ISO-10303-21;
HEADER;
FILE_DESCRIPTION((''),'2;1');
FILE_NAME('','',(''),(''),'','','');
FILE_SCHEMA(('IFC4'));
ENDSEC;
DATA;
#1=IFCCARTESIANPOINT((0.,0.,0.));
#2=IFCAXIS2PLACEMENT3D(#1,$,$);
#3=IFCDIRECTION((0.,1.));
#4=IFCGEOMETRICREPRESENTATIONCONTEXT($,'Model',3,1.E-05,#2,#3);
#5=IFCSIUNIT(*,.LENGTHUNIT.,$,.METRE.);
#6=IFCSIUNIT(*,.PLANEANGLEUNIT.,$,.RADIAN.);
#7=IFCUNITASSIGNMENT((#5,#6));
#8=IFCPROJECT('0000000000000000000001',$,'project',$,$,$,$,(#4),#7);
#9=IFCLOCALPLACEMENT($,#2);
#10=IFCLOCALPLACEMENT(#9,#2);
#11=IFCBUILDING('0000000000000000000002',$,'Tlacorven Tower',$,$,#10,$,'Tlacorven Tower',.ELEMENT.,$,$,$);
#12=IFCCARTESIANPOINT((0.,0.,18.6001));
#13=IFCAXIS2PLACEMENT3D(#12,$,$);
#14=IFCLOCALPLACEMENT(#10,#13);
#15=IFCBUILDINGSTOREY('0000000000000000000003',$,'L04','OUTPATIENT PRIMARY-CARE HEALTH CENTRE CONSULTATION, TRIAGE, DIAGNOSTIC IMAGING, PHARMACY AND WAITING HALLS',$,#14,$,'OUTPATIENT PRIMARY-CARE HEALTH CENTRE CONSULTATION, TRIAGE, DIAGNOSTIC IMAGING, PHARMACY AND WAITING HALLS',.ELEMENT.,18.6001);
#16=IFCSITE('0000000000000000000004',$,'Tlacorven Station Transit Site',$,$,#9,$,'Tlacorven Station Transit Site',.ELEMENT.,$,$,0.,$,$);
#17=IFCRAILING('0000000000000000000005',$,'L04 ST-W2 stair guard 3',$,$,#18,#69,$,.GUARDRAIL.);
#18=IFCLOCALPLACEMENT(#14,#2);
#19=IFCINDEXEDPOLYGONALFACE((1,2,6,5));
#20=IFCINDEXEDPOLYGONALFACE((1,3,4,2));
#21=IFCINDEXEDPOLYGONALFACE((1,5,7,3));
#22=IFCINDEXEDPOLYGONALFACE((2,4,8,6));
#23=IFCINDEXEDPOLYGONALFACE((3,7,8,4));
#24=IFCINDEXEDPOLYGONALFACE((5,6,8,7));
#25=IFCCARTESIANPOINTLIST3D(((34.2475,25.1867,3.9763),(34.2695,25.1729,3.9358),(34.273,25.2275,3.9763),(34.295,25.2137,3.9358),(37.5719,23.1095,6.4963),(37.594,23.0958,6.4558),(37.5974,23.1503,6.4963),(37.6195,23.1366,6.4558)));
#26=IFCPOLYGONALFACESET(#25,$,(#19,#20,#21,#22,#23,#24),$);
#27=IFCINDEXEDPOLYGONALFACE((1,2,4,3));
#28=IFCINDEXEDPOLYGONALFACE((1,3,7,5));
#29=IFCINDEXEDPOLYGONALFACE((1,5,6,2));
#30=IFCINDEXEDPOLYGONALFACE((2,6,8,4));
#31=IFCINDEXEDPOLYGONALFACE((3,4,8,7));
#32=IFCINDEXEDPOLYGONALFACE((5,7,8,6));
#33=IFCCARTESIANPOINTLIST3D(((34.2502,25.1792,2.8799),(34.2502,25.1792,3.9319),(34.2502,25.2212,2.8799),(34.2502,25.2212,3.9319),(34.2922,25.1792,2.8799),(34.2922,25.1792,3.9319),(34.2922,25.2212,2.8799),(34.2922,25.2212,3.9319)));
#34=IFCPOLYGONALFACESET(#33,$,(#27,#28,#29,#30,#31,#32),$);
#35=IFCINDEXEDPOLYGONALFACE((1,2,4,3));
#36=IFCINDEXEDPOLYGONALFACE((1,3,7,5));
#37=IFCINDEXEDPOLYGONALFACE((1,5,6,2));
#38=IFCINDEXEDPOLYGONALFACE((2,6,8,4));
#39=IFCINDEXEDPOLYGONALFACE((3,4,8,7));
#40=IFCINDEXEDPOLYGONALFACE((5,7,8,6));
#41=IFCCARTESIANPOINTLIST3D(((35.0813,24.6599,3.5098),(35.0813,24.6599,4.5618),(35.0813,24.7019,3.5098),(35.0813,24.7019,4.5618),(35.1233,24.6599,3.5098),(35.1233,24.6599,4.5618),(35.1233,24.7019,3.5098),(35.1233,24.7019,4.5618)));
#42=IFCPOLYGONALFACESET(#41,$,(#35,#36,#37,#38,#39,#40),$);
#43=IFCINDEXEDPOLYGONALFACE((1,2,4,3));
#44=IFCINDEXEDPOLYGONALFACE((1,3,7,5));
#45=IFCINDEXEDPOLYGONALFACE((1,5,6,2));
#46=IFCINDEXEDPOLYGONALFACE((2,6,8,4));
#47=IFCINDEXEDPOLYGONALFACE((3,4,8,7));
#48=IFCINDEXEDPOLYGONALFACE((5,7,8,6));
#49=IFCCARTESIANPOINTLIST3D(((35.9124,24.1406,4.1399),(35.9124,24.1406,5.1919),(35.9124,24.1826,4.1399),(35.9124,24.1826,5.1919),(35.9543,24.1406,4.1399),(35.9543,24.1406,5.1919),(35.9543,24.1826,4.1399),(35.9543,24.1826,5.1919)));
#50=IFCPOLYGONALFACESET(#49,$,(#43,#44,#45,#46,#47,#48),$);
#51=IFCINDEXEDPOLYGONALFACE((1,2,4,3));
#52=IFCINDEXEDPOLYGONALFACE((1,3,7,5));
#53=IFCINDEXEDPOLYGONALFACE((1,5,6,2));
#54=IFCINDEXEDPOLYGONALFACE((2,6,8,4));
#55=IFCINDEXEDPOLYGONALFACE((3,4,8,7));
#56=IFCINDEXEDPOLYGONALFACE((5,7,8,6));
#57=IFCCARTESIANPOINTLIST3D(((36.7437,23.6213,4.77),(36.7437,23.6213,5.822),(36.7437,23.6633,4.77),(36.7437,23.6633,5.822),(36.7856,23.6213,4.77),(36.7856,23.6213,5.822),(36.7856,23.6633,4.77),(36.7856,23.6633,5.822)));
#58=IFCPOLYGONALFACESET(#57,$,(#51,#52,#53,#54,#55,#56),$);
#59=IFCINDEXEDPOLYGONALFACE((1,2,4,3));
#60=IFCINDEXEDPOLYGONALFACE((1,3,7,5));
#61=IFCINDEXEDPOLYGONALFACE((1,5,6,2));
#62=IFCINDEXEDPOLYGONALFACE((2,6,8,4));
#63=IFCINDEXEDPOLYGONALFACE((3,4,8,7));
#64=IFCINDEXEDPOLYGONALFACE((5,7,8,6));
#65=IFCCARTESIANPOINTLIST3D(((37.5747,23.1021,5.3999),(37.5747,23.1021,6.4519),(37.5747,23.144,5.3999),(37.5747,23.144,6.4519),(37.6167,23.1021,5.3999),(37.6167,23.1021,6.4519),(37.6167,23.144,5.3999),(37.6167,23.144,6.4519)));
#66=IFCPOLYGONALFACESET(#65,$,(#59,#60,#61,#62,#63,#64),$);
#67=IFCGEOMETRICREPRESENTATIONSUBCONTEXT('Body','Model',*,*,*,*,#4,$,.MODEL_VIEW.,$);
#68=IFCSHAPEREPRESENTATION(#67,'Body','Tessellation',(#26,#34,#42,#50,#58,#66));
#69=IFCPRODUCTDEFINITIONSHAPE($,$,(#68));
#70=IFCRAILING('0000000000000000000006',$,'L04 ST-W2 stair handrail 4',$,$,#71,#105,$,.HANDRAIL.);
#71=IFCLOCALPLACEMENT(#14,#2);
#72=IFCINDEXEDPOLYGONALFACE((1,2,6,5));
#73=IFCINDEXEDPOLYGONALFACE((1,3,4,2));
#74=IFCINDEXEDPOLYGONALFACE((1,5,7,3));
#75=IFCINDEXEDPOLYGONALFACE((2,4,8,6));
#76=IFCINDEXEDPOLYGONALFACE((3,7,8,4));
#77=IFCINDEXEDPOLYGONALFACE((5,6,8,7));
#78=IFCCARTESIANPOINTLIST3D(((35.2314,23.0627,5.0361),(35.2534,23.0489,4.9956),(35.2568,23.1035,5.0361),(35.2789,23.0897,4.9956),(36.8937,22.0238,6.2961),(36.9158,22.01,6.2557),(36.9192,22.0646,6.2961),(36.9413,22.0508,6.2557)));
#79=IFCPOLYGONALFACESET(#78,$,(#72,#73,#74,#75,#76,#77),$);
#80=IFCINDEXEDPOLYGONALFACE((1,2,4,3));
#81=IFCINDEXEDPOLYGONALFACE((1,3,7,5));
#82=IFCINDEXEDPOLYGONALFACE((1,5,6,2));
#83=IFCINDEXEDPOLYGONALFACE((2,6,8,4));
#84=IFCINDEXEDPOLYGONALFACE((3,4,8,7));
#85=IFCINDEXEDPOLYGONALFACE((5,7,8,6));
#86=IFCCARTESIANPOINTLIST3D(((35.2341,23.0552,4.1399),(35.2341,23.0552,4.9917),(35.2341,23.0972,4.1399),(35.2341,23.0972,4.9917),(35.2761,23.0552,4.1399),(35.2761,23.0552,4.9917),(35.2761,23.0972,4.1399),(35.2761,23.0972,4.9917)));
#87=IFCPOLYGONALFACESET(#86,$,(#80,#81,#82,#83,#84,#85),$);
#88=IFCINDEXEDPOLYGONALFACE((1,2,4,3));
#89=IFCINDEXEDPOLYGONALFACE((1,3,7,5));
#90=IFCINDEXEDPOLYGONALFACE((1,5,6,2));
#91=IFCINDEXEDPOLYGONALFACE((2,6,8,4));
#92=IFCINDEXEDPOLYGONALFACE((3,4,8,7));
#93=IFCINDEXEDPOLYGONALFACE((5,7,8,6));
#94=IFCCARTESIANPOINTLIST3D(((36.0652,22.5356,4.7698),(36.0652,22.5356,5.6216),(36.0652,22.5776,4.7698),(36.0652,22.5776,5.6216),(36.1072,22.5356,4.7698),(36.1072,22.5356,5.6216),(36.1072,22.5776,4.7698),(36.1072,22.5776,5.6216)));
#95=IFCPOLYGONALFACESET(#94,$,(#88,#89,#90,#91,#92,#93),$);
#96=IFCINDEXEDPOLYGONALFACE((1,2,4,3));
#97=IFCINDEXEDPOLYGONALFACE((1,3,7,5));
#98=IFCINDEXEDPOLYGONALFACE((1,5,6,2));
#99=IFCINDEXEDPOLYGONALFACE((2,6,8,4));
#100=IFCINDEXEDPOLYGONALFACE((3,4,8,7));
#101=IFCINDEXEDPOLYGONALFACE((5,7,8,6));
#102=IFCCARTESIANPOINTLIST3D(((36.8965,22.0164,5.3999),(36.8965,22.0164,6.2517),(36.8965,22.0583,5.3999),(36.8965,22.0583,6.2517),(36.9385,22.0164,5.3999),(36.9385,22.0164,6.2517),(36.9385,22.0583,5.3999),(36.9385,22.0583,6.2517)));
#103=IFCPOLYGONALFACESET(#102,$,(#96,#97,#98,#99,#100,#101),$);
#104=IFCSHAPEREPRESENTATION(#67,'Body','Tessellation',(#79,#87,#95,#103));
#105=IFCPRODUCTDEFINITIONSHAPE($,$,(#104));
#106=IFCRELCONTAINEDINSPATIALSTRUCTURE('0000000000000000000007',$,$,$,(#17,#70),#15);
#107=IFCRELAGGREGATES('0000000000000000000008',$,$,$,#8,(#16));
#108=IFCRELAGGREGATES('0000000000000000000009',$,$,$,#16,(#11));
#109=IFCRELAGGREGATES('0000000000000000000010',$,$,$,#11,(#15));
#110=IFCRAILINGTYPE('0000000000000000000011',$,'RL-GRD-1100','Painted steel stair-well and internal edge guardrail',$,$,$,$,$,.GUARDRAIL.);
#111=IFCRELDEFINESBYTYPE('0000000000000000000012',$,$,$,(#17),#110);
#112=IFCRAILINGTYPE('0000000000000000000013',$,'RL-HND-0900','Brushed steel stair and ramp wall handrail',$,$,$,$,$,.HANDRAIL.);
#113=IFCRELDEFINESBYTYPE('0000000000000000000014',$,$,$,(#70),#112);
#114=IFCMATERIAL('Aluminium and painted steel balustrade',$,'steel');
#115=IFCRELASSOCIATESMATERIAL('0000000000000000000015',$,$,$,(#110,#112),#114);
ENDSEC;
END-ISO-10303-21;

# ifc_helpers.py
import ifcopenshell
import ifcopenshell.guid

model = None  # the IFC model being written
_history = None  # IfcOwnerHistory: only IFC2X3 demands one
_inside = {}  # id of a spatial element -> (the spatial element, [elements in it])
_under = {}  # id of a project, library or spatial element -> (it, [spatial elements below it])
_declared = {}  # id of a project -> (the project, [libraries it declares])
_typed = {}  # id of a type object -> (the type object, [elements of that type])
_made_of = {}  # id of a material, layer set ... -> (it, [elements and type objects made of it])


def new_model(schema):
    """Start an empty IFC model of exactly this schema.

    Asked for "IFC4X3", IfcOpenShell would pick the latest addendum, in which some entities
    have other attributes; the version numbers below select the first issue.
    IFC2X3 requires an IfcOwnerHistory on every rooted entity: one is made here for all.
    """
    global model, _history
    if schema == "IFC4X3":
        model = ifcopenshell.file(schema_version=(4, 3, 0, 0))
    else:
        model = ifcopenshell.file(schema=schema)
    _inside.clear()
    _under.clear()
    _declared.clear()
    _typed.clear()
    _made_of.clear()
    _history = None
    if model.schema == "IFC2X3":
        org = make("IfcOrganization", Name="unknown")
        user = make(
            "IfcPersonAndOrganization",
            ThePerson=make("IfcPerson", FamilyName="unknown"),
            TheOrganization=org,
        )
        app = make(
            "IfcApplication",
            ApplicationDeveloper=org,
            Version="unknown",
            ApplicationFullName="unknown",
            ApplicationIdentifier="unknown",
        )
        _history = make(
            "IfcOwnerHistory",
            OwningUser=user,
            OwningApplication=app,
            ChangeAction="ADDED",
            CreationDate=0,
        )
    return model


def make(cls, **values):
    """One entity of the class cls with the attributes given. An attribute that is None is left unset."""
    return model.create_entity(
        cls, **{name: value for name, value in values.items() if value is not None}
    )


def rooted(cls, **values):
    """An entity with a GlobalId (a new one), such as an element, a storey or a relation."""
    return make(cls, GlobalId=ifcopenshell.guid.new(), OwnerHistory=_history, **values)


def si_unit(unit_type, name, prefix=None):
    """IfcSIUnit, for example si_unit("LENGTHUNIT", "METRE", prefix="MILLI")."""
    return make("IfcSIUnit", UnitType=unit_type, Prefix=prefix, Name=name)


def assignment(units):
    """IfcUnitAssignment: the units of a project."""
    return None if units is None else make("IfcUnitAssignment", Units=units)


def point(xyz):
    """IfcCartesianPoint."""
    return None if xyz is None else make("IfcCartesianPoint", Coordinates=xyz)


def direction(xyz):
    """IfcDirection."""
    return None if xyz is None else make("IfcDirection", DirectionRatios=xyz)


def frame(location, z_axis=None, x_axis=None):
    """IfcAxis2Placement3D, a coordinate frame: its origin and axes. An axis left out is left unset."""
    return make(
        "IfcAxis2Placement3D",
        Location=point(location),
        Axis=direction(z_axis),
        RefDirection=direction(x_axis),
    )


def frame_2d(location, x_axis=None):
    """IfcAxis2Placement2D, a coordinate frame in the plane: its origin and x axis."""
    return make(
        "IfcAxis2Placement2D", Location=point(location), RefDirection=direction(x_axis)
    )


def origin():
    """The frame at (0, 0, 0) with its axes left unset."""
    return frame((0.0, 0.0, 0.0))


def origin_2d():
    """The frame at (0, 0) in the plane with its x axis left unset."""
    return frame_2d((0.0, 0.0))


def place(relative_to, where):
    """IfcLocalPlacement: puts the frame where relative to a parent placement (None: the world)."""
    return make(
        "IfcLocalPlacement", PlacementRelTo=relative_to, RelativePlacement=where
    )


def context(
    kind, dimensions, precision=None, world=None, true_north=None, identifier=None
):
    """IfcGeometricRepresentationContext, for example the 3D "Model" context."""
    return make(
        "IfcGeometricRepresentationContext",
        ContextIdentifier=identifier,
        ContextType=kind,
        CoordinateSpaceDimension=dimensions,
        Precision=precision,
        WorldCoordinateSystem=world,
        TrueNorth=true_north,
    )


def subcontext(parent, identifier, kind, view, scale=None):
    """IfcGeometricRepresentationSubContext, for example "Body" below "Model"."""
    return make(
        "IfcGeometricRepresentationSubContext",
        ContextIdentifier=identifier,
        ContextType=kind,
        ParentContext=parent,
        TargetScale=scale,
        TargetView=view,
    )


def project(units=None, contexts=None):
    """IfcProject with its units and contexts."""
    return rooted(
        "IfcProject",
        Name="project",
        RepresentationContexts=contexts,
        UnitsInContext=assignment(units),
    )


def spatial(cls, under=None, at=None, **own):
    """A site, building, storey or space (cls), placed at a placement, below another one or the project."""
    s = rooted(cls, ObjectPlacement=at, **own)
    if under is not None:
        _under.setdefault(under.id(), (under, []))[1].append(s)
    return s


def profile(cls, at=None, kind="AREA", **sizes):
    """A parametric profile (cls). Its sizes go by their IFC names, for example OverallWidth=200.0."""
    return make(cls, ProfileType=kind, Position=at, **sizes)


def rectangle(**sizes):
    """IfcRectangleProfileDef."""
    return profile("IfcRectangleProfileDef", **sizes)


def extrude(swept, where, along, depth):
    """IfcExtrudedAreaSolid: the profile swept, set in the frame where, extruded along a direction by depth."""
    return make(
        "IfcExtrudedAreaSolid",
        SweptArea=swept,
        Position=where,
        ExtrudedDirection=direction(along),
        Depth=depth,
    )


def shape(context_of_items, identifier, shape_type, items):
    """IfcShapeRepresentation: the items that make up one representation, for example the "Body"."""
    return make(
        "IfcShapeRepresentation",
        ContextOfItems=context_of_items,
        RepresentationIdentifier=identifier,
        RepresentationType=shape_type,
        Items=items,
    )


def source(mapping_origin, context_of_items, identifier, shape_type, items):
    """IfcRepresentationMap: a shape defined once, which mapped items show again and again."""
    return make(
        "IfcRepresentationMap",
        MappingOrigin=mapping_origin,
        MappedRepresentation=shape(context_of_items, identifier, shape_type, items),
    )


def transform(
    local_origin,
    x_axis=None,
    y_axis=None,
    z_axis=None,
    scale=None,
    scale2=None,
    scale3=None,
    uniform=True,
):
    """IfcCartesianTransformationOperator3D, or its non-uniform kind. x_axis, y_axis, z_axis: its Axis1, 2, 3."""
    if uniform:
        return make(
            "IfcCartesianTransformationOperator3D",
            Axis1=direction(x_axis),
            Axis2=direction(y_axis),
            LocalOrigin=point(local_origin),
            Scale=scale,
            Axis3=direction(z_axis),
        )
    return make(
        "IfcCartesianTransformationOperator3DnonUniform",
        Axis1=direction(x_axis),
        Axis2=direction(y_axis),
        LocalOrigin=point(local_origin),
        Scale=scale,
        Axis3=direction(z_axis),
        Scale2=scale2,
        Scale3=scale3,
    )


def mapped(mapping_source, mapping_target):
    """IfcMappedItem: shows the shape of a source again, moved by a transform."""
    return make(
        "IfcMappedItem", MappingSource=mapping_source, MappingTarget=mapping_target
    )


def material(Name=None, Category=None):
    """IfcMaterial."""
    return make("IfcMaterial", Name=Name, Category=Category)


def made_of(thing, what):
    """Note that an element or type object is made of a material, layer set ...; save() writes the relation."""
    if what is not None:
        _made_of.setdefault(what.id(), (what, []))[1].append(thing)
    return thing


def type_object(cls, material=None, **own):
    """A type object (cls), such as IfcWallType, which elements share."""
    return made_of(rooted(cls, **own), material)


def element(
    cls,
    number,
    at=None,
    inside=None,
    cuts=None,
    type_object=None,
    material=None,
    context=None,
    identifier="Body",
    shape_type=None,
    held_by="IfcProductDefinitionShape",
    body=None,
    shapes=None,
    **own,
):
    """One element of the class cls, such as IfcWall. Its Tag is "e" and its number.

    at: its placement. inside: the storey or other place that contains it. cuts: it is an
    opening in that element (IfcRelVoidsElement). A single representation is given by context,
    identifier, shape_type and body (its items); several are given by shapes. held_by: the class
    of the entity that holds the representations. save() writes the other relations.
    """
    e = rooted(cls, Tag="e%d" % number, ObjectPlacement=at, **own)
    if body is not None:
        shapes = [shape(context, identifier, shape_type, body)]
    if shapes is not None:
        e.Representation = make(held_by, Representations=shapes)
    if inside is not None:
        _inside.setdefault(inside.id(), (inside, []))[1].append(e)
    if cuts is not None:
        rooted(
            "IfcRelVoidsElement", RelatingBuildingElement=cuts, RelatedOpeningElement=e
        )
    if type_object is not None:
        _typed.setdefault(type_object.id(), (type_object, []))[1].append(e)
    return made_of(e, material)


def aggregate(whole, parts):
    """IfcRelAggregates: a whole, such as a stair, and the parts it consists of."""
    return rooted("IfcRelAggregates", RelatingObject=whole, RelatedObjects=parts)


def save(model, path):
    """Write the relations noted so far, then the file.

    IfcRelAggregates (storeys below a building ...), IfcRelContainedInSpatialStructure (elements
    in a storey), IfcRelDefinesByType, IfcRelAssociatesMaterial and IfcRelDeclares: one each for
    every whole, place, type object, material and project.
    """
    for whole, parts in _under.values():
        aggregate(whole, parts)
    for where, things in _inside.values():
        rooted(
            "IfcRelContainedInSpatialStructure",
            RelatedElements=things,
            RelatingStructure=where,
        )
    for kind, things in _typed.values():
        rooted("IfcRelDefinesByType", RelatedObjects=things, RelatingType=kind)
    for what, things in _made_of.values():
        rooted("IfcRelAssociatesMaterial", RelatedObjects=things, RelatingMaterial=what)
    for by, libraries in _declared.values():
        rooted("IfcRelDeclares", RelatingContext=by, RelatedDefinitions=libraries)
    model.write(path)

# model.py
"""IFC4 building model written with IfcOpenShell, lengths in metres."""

from ifc_helpers import new_model, si_unit, direction, frame, origin, origin_2d, place, context, subcontext, project, spatial, rectangle, extrude, source, transform, mapped, material, type_object, element, save


model = new_model("IFC4")

# Units and contexts
model_context = context("Model", 3, precision=1e-05, world=origin(), true_north=direction((0.0, 1.0)))
body_context = subcontext(model_context, "Body", "Model", "MODEL_VIEW")
ifc_project = project(units=[si_unit("LENGTHUNIT", "METRE"), si_unit("PLANEANGLEUNIT", "RADIAN")], contexts=[model_context])

# Site, building, storey
site_placement = place(None, origin())
site = spatial("IfcSite", under=ifc_project, at=site_placement, Name="Tlacorven Station Transit Site", LongName="Tlacorven Station Transit Site", CompositionType="ELEMENT", RefElevation=0.0)
building_placement = place(site_placement, origin())
building = spatial("IfcBuilding", under=site, at=building_placement, Name="Tlacorven Tower", LongName="Tlacorven Tower", CompositionType="ELEMENT")
storey_placement = place(building_placement, frame((0.0, 0.0, 18.6001)))
storey = spatial("IfcBuildingStorey", under=building, at=storey_placement, Name="L04", Description="OUTPATIENT PRIMARY-CARE HEALTH CENTRE CONSULTATION, TRIAGE, DIAGNOSTIC IMAGING, PHARMACY AND WAITING HALLS", LongName="OUTPATIENT PRIMARY-CARE HEALTH CENTRE CONSULTATION, TRIAGE, DIAGNOSTIC IMAGING, PHARMACY AND WAITING HALLS", CompositionType="ELEMENT", Elevation=18.6001)

# Railings
ifc_material_1 = material(Name="Aluminium and painted steel balustrade", Category="steel")
railing_type_1 = type_object("IfcRailingType", Name="RL-GRD-1100", Description="Painted steel stair-well and internal edge guardrail", PredefinedType="GUARDRAIL", material=ifc_material_1)
railing_type_2 = type_object("IfcRailingType", Name="RL-HND-0900", Description="Brushed steel stair and ramp wall handrail", PredefinedType="HANDRAIL", material=ifc_material_1)
shared_shape_1 = source(origin(), body_context, "Body", "SweptSolid", [
    extrude(rectangle(XDim=0.0481, YDim=0.0481, at=origin_2d()), frame((0.0, 0.0, 1.0762), z_axis=(0.713379, -0.445725, 0.540758), x_axis=(0.529881, 0.848072, 0.0)), (0.0, 0.0, 1.0), 4.6602),
    extrude(rectangle(XDim=0.042, YDim=0.042, at=origin_2d()), origin(), (0.0, 0.0, 1.0), 1.052),
    extrude(rectangle(XDim=0.042, YDim=0.042, at=origin_2d()), frame((0.8311, -0.5193, 0.6299)), (0.0, 0.0, 1.0), 1.052),
    extrude(rectangle(XDim=0.042, YDim=0.042, at=origin_2d()), frame((1.6621, -1.0386, 1.26)), (0.0, 0.0, 1.0), 1.052),
    extrude(rectangle(XDim=0.042, YDim=0.042, at=origin_2d()), frame((2.4934, -1.5579, 1.8901)), (0.0, 0.0, 1.0), 1.052),
    extrude(rectangle(XDim=0.042, YDim=0.042, at=origin_2d()), frame((3.3245, -2.0771, 2.52)), (0.0, 0.0, 1.0), 1.052),
])
railing_1_placement = place(storey_placement, frame((34.2712, 25.2002, 2.8799)))
element("IfcRailing", 1, at=railing_1_placement, inside=storey, type_object=railing_type_1, Name="L04 ST-W2 stair guard 3", PredefinedType="GUARDRAIL", context=body_context, shape_type="MappedRepresentation", body=[
    mapped(shared_shape_1, transform((0.0, 0.0, 0.0), scale=1.0)),
])
shared_shape_2 = source(origin(), body_context, "Body", "SweptSolid", [
    extrude(rectangle(XDim=0.0481, YDim=0.0481, at=origin_2d()), frame((0.0, 0.0, 0.876), z_axis=(0.713372, -0.445792, 0.540713), x_axis=(0.529943, 0.848033, 0.0)), (0.0, 0.0, 1.0), 2.3303),
    extrude(rectangle(XDim=0.042, YDim=0.042, at=origin_2d()), origin(), (0.0, 0.0, 1.0), 0.8518),
    extrude(rectangle(XDim=0.042, YDim=0.042, at=origin_2d()), frame((0.8311, -0.5195, 0.6299)), (0.0, 0.0, 1.0), 0.8518),
    extrude(rectangle(XDim=0.042, YDim=0.042, at=origin_2d()), frame((1.6624, -1.0388, 1.26)), (0.0, 0.0, 1.0), 0.8518),
])
railing_2_placement = place(storey_placement, frame((35.2551, 23.0762, 4.1399)))
element("IfcRailing", 2, at=railing_2_placement, inside=storey, type_object=railing_type_2, Name="L04 ST-W2 stair handrail 4", PredefinedType="HANDRAIL", context=body_context, shape_type="MappedRepresentation", body=[
    mapped(shared_shape_2, transform((0.0, 0.0, 0.0), scale=1.0)),
])

save(model, "model.ifc")
